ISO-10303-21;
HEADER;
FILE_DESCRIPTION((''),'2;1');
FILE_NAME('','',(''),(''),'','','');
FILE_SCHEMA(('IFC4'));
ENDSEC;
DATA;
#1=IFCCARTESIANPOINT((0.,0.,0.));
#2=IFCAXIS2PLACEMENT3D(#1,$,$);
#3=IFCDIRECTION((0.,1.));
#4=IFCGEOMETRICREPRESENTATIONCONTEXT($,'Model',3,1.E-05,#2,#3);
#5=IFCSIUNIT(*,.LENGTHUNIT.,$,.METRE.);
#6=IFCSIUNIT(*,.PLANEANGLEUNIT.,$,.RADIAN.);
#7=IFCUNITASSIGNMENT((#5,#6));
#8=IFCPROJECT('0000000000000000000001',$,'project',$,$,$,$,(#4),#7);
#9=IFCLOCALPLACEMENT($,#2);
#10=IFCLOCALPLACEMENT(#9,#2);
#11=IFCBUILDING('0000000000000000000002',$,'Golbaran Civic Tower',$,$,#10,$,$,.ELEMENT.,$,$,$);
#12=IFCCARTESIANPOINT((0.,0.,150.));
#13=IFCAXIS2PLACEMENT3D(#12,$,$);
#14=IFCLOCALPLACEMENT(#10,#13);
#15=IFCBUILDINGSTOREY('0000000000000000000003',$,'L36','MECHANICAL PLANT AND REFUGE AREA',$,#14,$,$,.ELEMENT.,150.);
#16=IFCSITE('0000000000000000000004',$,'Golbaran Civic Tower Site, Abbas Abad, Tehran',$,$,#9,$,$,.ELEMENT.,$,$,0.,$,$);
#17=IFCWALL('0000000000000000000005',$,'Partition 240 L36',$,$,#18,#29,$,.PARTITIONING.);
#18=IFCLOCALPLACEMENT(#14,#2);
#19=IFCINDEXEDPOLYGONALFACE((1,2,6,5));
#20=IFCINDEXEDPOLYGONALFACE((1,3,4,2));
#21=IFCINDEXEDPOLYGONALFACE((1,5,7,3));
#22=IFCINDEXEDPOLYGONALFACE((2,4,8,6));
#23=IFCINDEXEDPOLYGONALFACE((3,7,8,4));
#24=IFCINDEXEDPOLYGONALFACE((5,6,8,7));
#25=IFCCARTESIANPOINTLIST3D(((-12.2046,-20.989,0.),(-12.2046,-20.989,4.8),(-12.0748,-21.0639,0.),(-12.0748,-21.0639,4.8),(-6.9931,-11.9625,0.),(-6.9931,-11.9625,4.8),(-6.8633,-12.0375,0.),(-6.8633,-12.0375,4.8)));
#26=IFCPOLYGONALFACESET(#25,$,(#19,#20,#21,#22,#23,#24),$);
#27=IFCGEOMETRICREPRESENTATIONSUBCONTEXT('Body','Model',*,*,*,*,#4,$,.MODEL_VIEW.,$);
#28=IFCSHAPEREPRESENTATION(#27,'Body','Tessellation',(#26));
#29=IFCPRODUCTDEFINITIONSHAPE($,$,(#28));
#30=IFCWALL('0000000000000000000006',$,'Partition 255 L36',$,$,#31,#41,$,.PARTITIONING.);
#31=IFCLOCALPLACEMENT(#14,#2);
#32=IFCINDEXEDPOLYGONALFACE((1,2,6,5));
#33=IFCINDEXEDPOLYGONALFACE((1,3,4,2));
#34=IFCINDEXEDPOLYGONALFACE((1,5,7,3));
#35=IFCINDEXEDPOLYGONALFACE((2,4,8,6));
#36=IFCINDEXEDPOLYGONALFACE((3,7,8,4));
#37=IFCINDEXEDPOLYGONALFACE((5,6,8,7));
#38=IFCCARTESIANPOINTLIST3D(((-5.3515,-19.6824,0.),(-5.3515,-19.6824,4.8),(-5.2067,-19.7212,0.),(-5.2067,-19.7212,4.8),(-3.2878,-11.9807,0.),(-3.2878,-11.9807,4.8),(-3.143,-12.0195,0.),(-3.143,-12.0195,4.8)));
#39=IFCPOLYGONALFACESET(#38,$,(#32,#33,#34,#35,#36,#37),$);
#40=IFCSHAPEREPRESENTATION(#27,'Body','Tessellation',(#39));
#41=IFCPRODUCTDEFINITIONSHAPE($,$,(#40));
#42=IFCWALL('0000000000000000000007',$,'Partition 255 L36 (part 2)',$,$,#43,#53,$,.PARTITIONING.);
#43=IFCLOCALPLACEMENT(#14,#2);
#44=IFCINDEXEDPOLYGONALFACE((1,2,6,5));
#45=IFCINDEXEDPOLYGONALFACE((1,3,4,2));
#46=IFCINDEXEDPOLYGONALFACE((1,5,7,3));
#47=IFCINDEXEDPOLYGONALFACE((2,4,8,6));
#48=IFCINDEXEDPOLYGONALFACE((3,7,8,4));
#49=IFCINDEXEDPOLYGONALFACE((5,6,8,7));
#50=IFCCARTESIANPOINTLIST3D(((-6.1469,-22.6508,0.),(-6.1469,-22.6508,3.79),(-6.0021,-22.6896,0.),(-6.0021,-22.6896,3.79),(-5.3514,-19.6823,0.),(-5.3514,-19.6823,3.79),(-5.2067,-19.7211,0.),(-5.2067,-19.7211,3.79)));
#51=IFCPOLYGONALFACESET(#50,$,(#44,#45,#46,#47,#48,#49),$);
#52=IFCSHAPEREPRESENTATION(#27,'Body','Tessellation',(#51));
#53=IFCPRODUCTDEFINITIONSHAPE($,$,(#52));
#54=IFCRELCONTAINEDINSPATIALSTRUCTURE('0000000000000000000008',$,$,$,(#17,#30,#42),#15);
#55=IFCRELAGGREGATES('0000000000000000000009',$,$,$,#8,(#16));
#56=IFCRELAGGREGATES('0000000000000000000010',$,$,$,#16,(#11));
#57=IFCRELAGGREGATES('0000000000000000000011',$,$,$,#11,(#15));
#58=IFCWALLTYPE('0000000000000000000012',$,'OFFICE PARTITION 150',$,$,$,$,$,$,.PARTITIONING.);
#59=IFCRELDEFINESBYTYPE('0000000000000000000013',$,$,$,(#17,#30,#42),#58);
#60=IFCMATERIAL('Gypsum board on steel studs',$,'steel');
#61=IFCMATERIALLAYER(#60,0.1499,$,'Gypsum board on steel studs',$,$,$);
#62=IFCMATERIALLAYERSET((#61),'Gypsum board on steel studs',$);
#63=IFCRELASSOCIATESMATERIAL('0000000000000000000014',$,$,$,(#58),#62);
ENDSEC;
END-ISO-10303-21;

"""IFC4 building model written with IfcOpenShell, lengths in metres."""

from ifc_helpers import new_model, si_unit, direction, frame, frame_2d, origin, place, context, subcontext, project, spatial, rectangle, extrude, material, layer, layer_set, type_object, element, save


model = new_model("IFC4")

# Units and contexts
model_context = context("Model", 3, precision=1e-05, world=origin(), true_north=direction((0.0, 1.0)))
body_context = subcontext(model_context, "Body", "Model", "MODEL_VIEW")
ifc_project = project(units=[si_unit("LENGTHUNIT", "METRE"), si_unit("PLANEANGLEUNIT", "RADIAN")], contexts=[model_context])

# Site, building, storey
site_placement = place(None, origin())
site = spatial("IfcSite", under=ifc_project, at=site_placement, Name="Golbaran Civic Tower Site, Abbas Abad, Tehran", CompositionType="ELEMENT", RefElevation=0.0)
building_placement = place(site_placement, origin())
building = spatial("IfcBuilding", under=site, at=building_placement, Name="Golbaran Civic Tower", CompositionType="ELEMENT")
storey_placement = place(building_placement, frame((0.0, 0.0, 150.0)))
storey = spatial("IfcBuildingStorey", under=building, at=storey_placement, Name="L36", Description="MECHANICAL PLANT AND REFUGE AREA", CompositionType="ELEMENT", Elevation=150.0)

# Walls
ifc_material_1 = material(Name="Gypsum board on steel studs", Category="steel")
ifc_layer_1 = layer(ifc_material_1, 0.1499, Name="Gypsum board on steel studs")
ifc_layer_set_1 = layer_set([ifc_layer_1], Name="Gypsum board on steel studs")
wall_type_1 = type_object("IfcWallType", Name="OFFICE PARTITION 150", PredefinedType="PARTITIONING", material=ifc_layer_set_1)
wall_1_placement = place(storey_placement, frame((-6.9282, -12.0, 0.0), z_axis=(0.0, 0.0, 1.0), x_axis=(-0.500004, -0.866023, 0.0)))
element("IfcWall", 1, at=wall_1_placement, inside=storey, type_object=wall_type_1, Name="Partition 240 L36", PredefinedType="PARTITIONING", context=body_context, shape_type="SweptSolid", body=[
    extrude(rectangle(XDim=10.4229, YDim=0.1499, at=frame_2d((5.2114, 0.0))), origin(), (0.0, 0.0, 1.0), 4.8),
])
wall_2_placement = place(storey_placement, frame((-3.2153, -12.0, 0.0), z_axis=(0.0, 0.0, 1.0), x_axis=(-0.258827, -0.965924, 0.0)))
element("IfcWall", 2, at=wall_2_placement, inside=storey, type_object=wall_type_1, Name="Partition 255 L36", PredefinedType="PARTITIONING", context=body_context, shape_type="SweptSolid", body=[
    extrude(rectangle(XDim=7.9734, YDim=0.1499, at=frame_2d((3.9868, 0.0))), origin(), (0.0, 0.0, 1.0), 4.8),
])
wall_3_placement = place(storey_placement, frame((-5.2791, -19.7017, 0.0), z_axis=(0.0, 0.0, 1.0), x_axis=(-0.258819, -0.965926, 0.0)))
element("IfcWall", 3, at=wall_3_placement, inside=storey, type_object=wall_type_1, Name="Partition 255 L36 (part 2)", PredefinedType="PARTITIONING", context=body_context, shape_type="SweptSolid", body=[
    extrude(rectangle(XDim=3.0732, YDim=0.1499, at=frame_2d((1.5366, 0.0))), origin(), (0.0, 0.0, 1.0), 3.79),
])

save(model, "model.ifc")
